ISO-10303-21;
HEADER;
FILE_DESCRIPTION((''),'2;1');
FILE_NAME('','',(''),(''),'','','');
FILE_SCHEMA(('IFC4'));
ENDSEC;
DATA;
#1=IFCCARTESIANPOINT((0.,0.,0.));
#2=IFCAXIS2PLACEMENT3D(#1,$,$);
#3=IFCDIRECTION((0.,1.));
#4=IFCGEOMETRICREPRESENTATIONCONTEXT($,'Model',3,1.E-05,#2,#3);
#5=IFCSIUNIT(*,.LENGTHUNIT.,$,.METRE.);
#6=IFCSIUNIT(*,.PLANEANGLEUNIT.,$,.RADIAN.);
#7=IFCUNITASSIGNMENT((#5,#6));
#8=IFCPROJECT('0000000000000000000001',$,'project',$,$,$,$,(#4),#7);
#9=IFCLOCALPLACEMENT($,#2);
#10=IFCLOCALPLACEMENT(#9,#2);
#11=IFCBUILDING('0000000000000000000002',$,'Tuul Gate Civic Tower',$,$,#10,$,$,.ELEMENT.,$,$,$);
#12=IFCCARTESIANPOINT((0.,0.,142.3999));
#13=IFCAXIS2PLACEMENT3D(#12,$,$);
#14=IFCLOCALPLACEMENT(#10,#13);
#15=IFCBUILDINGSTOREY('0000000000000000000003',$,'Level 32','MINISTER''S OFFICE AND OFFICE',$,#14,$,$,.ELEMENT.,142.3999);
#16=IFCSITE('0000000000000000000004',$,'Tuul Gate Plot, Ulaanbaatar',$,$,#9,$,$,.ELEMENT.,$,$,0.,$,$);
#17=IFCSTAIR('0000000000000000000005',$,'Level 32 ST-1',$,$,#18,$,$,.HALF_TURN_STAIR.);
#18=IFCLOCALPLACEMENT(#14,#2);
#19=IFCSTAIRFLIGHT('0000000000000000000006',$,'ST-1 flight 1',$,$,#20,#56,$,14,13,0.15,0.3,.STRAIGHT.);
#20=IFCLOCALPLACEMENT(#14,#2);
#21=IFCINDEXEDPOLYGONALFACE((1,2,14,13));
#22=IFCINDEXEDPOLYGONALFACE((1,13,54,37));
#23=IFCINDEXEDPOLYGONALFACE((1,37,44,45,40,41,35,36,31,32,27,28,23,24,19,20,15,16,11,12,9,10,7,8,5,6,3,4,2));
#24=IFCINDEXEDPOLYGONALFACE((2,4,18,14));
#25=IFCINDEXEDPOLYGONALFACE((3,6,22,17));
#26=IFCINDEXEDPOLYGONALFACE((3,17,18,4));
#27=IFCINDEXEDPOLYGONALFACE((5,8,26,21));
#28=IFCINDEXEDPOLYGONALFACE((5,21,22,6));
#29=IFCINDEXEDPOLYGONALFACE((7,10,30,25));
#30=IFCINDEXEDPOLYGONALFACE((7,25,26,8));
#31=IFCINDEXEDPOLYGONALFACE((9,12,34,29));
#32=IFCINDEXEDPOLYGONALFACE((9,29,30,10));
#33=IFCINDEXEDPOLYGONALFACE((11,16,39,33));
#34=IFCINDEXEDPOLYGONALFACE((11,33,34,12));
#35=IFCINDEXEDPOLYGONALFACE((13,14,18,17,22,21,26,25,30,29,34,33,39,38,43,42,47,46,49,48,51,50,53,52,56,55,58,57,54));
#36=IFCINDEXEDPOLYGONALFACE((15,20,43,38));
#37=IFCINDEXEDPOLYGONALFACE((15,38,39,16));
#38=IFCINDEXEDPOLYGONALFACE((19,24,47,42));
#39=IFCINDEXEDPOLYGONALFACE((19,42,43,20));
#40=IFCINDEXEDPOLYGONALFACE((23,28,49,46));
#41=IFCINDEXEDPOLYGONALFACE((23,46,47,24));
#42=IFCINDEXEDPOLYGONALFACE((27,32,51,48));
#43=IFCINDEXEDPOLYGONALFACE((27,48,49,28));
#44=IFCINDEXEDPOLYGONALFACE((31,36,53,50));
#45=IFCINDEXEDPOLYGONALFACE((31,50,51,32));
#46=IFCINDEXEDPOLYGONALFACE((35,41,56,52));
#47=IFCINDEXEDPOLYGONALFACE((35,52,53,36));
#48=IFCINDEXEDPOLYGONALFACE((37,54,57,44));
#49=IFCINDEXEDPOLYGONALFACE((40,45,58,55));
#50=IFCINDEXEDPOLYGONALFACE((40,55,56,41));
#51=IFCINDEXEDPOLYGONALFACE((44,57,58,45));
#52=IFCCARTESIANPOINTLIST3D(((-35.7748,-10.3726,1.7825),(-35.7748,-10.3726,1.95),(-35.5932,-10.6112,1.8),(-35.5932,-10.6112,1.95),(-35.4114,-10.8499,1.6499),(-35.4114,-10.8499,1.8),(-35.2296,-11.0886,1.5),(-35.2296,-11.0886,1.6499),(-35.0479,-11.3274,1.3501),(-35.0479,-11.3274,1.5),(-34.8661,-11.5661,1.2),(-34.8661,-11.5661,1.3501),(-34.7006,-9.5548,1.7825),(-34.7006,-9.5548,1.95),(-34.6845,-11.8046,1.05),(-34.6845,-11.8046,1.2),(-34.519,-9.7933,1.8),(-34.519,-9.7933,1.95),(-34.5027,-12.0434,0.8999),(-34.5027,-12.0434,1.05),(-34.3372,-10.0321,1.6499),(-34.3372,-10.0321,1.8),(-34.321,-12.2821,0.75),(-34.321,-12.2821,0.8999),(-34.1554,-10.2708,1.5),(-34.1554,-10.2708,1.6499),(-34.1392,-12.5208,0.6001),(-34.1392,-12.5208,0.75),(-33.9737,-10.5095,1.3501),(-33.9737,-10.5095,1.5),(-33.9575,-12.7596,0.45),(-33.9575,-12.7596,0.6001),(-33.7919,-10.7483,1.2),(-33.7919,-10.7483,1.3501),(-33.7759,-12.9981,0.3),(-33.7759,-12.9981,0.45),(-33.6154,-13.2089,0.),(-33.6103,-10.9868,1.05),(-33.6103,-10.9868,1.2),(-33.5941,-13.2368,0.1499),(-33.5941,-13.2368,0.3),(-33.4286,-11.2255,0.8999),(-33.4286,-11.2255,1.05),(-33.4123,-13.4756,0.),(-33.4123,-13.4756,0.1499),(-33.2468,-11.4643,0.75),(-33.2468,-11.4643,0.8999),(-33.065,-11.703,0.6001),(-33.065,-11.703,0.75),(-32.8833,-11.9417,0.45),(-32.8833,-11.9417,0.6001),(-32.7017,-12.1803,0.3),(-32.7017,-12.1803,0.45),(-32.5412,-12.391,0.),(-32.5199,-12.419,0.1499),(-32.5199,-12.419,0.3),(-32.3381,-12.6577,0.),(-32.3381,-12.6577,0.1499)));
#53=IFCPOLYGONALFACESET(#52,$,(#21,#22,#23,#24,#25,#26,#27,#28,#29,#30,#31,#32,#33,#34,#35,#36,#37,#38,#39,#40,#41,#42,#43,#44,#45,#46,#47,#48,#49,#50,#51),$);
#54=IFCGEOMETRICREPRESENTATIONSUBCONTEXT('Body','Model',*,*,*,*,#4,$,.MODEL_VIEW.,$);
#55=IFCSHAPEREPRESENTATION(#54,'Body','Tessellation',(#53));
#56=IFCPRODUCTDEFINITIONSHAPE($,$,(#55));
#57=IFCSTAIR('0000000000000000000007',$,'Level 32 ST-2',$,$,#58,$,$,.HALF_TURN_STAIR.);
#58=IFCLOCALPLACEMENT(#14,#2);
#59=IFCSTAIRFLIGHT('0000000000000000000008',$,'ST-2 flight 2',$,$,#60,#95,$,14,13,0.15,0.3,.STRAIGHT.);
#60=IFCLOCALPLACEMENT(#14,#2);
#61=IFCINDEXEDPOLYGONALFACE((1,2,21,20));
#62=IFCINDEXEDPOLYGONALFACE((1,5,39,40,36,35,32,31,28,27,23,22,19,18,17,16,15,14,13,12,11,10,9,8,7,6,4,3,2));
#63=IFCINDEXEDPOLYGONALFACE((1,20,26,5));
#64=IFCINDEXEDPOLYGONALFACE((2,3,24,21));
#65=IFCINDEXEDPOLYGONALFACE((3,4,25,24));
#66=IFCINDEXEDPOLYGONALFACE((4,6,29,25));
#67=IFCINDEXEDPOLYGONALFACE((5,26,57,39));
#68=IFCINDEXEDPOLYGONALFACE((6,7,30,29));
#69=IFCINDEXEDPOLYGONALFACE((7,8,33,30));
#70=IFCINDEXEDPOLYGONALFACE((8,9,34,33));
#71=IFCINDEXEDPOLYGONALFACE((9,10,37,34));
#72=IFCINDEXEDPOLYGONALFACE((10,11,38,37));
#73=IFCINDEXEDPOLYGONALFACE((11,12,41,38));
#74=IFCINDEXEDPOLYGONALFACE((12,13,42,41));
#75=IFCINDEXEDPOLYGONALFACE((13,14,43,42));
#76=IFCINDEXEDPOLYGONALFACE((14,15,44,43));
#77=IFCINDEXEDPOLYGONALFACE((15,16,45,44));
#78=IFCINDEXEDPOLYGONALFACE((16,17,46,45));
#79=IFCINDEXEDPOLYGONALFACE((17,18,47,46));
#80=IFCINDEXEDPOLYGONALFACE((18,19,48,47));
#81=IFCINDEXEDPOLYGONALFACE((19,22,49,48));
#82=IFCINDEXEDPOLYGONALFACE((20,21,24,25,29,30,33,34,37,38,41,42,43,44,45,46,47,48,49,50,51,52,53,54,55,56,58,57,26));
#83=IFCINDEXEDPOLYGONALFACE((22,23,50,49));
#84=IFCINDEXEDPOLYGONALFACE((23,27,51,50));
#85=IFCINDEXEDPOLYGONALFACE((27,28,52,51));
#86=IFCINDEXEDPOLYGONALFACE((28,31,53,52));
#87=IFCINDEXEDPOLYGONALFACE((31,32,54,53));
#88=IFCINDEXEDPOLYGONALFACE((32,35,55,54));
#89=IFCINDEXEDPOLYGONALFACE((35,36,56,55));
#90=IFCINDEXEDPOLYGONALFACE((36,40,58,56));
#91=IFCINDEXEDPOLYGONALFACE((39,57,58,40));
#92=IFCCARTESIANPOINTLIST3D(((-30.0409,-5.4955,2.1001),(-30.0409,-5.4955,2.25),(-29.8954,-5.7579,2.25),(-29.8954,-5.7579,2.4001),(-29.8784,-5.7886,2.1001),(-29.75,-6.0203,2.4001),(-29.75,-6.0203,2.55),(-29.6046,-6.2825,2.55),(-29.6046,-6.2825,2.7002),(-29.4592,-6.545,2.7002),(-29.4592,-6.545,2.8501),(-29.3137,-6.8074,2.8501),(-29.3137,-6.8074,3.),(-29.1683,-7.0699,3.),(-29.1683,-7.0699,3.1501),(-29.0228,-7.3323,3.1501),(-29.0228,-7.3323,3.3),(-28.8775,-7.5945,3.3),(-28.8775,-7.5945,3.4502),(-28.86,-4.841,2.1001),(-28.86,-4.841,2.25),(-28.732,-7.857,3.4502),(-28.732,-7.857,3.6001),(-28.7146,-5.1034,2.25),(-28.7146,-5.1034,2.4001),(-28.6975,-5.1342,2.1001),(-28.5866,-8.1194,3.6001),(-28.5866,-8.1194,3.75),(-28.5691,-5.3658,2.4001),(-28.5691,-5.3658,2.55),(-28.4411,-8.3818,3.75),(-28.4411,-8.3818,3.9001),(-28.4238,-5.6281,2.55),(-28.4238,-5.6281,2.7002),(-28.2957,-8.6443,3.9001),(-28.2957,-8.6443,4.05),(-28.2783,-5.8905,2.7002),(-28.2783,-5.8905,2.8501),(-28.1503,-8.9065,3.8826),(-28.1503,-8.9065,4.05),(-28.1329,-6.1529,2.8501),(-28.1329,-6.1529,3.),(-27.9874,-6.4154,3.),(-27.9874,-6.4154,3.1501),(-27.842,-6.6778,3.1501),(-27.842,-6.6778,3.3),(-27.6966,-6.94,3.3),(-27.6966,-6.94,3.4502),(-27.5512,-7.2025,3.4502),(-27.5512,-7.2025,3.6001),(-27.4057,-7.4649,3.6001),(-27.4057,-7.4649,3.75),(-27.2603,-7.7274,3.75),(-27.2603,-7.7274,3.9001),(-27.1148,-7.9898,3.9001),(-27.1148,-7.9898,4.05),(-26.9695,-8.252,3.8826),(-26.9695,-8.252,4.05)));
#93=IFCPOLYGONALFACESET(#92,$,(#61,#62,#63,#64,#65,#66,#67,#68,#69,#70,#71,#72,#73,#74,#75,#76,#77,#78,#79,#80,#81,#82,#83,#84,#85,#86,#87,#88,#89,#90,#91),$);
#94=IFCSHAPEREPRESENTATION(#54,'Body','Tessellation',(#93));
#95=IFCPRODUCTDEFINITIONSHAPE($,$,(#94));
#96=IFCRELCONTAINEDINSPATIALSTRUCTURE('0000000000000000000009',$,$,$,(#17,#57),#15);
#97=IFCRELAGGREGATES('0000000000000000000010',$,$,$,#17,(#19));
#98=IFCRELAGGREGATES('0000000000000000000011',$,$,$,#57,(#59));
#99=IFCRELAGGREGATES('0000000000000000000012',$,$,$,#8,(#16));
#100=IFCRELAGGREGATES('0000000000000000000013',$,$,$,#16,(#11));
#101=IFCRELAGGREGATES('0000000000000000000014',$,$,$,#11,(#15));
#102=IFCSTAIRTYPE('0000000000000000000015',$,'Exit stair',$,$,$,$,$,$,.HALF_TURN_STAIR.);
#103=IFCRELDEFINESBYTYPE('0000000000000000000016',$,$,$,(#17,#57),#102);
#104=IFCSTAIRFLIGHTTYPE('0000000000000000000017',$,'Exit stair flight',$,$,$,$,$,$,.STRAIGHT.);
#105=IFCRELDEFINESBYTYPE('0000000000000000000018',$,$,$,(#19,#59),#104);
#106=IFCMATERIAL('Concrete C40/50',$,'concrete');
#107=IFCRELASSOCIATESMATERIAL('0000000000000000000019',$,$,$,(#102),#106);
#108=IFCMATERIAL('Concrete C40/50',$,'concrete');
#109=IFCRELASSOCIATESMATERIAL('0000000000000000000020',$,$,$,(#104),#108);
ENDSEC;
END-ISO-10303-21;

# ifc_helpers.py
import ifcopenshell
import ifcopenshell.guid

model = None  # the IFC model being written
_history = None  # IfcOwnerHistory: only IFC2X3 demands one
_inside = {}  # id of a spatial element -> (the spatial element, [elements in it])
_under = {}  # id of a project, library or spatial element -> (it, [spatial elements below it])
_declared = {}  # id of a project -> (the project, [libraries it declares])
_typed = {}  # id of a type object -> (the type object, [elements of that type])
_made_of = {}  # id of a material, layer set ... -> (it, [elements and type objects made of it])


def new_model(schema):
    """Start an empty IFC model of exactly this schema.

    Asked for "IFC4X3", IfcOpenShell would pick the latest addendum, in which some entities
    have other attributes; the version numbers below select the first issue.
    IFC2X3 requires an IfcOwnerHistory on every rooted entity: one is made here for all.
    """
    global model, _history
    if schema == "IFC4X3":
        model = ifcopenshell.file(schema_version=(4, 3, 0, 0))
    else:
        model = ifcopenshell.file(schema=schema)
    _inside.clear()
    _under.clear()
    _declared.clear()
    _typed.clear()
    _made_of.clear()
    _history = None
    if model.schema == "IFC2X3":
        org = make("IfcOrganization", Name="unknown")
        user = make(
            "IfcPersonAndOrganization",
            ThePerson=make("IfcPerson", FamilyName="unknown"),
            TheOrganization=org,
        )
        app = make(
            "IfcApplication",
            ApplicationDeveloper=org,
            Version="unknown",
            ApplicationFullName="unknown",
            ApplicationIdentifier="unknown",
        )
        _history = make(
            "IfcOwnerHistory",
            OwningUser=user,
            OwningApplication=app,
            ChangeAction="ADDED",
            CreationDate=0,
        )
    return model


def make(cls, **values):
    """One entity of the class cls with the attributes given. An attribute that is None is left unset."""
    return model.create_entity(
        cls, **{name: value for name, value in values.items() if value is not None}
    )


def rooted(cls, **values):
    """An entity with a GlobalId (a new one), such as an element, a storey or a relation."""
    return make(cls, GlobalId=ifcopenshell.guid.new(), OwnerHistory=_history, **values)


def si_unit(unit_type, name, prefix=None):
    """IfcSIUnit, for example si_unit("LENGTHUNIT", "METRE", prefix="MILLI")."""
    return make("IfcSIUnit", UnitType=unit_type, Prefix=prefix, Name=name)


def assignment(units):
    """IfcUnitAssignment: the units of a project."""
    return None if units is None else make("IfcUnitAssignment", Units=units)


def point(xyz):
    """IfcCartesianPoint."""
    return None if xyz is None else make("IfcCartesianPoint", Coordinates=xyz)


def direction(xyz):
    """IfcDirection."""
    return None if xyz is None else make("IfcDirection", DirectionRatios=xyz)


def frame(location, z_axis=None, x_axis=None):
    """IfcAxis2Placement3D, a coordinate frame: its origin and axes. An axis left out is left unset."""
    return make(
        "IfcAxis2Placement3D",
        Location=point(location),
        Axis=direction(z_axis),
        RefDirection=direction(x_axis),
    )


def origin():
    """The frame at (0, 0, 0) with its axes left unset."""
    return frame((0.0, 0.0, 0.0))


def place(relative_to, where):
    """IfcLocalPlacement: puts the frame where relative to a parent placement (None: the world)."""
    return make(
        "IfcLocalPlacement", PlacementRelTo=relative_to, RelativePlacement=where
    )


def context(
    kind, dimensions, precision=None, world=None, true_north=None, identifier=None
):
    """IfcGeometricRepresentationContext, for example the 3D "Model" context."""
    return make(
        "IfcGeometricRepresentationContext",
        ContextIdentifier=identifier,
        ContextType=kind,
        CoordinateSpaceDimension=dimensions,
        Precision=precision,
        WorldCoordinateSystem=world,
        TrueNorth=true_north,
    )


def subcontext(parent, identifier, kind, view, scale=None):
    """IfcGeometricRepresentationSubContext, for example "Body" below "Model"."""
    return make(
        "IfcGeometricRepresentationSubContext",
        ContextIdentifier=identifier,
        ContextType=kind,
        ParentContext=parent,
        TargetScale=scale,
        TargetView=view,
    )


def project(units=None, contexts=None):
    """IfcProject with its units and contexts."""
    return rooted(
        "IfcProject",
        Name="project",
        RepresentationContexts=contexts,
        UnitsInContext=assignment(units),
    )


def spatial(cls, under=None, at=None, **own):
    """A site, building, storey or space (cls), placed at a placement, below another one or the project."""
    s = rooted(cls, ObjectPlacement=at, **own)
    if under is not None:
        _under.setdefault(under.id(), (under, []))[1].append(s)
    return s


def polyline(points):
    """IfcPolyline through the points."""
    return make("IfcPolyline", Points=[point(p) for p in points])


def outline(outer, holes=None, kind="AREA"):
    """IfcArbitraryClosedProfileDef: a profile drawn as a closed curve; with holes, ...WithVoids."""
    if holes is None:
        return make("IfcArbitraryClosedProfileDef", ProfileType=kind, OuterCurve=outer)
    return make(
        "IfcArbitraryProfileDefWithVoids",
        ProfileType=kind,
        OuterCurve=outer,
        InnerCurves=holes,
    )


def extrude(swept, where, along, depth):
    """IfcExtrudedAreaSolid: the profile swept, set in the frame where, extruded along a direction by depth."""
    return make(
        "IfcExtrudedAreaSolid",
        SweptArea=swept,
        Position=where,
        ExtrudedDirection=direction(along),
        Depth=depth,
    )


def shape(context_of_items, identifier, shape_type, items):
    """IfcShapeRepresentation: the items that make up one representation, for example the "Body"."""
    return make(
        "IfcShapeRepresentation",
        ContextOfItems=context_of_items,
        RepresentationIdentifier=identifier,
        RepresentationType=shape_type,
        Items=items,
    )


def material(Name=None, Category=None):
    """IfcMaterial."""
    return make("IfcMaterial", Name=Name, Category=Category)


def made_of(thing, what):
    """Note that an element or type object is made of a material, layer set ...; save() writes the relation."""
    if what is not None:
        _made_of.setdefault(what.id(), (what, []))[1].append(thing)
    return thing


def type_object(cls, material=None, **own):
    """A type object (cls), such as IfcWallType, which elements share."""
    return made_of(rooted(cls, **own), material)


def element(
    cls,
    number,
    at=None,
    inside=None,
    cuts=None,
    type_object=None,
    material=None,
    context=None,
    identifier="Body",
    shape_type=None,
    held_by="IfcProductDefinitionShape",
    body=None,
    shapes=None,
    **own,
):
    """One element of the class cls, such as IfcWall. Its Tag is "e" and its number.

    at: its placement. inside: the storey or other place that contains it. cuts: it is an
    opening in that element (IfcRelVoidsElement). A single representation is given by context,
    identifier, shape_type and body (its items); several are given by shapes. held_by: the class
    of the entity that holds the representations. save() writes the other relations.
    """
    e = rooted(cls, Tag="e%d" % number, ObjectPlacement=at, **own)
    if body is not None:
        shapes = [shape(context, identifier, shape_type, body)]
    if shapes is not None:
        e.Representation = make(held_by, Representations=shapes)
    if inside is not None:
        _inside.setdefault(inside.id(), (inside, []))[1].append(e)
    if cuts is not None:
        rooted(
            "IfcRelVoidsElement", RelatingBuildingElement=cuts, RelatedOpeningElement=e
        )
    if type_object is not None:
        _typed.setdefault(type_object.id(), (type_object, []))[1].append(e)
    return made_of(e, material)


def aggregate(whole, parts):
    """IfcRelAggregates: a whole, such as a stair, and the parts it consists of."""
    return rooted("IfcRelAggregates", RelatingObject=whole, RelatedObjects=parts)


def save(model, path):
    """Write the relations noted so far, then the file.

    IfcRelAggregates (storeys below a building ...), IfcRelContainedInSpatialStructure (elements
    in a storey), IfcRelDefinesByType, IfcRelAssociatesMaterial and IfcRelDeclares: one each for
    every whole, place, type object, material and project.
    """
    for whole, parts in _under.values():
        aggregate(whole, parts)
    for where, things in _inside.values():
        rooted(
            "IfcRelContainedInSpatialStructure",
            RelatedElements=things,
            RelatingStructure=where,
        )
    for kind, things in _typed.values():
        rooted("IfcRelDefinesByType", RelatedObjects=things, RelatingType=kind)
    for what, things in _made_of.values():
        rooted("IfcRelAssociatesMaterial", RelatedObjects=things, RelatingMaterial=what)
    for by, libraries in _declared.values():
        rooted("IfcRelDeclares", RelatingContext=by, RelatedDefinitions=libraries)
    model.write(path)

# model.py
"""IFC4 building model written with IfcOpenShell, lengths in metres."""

from ifc_helpers import new_model, si_unit, direction, frame, origin, place, context, subcontext, project, spatial, polyline, outline, extrude, material, type_object, element, aggregate, save


model = new_model("IFC4")

# Units and contexts
model_context = context("Model", 3, precision=1e-05, world=origin(), true_north=direction((0.0, 1.0)))
body_context = subcontext(model_context, "Body", "Model", "MODEL_VIEW")
ifc_project = project(units=[si_unit("LENGTHUNIT", "METRE"), si_unit("PLANEANGLEUNIT", "RADIAN")], contexts=[model_context])

# Site, building, storey
site_placement = place(None, origin())
site = spatial("IfcSite", under=ifc_project, at=site_placement, Name="Tuul Gate Plot, Ulaanbaatar", CompositionType="ELEMENT", RefElevation=0.0)
building_placement = place(site_placement, origin())
building = spatial("IfcBuilding", under=site, at=building_placement, Name="Tuul Gate Civic Tower", CompositionType="ELEMENT")
storey_placement = place(building_placement, frame((0.0, 0.0, 142.3999)))
storey = spatial("IfcBuildingStorey", under=building, at=storey_placement, Name="Level 32", Description="MINISTER'S OFFICE AND OFFICE", CompositionType="ELEMENT", Elevation=142.3999)

# Stairs, stair flights
ifc_material_1 = material(Name="Concrete C40/50", Category="concrete")
stair_type = type_object("IfcStairType", Name="Exit stair", PredefinedType="HALF_TURN_STAIR", material=ifc_material_1)
stair_1_placement = place(storey_placement, origin())
stair_1 = element("IfcStair", 1, at=stair_1_placement, inside=storey, type_object=stair_type, Name="Level 32 ST-1", PredefinedType="HALF_TURN_STAIR")
ifc_material_2 = material(Name="Concrete C40/50", Category="concrete")
stair_flight_type = type_object("IfcStairFlightType", Name="Exit stair flight", PredefinedType="STRAIGHT", material=ifc_material_2)
stair_flight_1_placement = place(storey_placement, frame((-32.8752, -13.0667, 0.0), z_axis=(0.0, 0.0, 1.0), x_axis=(-0.605764, 0.795644, 0.0)))
stair_flight_1 = element("IfcStairFlight", 2, at=stair_flight_1_placement, type_object=stair_flight_type, Name="ST-1 flight 1", NumberOfRisers=14, NumberOfTreads=13, PredefinedType="STRAIGHT", RiserHeight=0.15, TreadLength=0.3, context=body_context, shape_type="SweptSolid", body=[
    extrude(outline(polyline([(0.0, 0.0), (0.0, 0.1499), (0.3, 0.1499), (0.3, 0.3), (0.6001, 0.3), (0.6001, 0.45), (0.8999, 0.45), (0.8999, 0.6001), (1.2, 0.6001), (1.2, 0.75), (1.5, 0.75), (1.5, 0.8999), (1.8, 0.8999), (1.8, 1.05), (2.1001, 1.05), (2.1001, 1.2), (2.3999, 1.2), (2.3999, 1.3501), (2.7, 1.3501), (2.7, 1.5), (3.0, 1.5), (3.0, 1.6499), (3.3, 1.6499), (3.3, 1.8), (3.6001, 1.8), (3.6001, 1.95), (3.8999, 1.95), (3.8999, 2.1001), (3.8999, 1.7825), (0.3352, 0.0), (0.0, 0.0)])), frame((0.0, 0.675, 0.0), z_axis=(0.0, -1.0, 0.0), x_axis=(1.0, 0.0, 0.0)), (0.0, 0.0, 1.0), 1.3501),
])
aggregate(stair_1, [stair_flight_1])
stair_2_placement = place(storey_placement, origin())
stair_2 = element("IfcStair", 3, at=stair_2_placement, inside=storey, type_object=stair_type, Name="Level 32 ST-2", PredefinedType="HALF_TURN_STAIR")
stair_flight_2_placement = place(storey_placement, frame((-29.4504, -5.1682, 2.1001), z_axis=(0.0, 0.0, 1.0), x_axis=(0.484762, -0.874646, 0.0)))
stair_flight_2 = element("IfcStairFlight", 4, at=stair_flight_2_placement, type_object=stair_flight_type, Name="ST-2 flight 2", NumberOfRisers=14, NumberOfTreads=13, PredefinedType="STRAIGHT", RiserHeight=0.15, TreadLength=0.3, context=body_context, shape_type="SweptSolid", body=[
    extrude(outline(polyline([(0.0, 0.0), (0.0, 0.1499), (0.3, 0.1499), (0.3, 0.3), (0.6001, 0.3), (0.6001, 0.45), (0.8999, 0.45), (0.8999, 0.6001), (1.2, 0.6001), (1.2, 0.75), (1.5, 0.75), (1.5, 0.8999), (1.8, 0.8999), (1.8, 1.05), (2.1001, 1.05), (2.1001, 1.2), (2.3999, 1.2), (2.3999, 1.3501), (2.7, 1.3501), (2.7, 1.5), (3.0, 1.5), (3.0, 1.6499), (3.3, 1.6499), (3.3, 1.8), (3.6001, 1.8), (3.6001, 1.95), (3.8999, 1.95), (3.8999, 2.1001), (3.8999, 1.7825), (0.3352, 0.0), (0.0, 0.0)])), frame((0.0, 0.675, 0.0), z_axis=(0.0, -1.0, 0.0), x_axis=(1.0, 0.0, 0.0)), (0.0, 0.0, 1.0), 1.3501),
])
aggregate(stair_2, [stair_flight_2])

save(model, "model.ifc")
